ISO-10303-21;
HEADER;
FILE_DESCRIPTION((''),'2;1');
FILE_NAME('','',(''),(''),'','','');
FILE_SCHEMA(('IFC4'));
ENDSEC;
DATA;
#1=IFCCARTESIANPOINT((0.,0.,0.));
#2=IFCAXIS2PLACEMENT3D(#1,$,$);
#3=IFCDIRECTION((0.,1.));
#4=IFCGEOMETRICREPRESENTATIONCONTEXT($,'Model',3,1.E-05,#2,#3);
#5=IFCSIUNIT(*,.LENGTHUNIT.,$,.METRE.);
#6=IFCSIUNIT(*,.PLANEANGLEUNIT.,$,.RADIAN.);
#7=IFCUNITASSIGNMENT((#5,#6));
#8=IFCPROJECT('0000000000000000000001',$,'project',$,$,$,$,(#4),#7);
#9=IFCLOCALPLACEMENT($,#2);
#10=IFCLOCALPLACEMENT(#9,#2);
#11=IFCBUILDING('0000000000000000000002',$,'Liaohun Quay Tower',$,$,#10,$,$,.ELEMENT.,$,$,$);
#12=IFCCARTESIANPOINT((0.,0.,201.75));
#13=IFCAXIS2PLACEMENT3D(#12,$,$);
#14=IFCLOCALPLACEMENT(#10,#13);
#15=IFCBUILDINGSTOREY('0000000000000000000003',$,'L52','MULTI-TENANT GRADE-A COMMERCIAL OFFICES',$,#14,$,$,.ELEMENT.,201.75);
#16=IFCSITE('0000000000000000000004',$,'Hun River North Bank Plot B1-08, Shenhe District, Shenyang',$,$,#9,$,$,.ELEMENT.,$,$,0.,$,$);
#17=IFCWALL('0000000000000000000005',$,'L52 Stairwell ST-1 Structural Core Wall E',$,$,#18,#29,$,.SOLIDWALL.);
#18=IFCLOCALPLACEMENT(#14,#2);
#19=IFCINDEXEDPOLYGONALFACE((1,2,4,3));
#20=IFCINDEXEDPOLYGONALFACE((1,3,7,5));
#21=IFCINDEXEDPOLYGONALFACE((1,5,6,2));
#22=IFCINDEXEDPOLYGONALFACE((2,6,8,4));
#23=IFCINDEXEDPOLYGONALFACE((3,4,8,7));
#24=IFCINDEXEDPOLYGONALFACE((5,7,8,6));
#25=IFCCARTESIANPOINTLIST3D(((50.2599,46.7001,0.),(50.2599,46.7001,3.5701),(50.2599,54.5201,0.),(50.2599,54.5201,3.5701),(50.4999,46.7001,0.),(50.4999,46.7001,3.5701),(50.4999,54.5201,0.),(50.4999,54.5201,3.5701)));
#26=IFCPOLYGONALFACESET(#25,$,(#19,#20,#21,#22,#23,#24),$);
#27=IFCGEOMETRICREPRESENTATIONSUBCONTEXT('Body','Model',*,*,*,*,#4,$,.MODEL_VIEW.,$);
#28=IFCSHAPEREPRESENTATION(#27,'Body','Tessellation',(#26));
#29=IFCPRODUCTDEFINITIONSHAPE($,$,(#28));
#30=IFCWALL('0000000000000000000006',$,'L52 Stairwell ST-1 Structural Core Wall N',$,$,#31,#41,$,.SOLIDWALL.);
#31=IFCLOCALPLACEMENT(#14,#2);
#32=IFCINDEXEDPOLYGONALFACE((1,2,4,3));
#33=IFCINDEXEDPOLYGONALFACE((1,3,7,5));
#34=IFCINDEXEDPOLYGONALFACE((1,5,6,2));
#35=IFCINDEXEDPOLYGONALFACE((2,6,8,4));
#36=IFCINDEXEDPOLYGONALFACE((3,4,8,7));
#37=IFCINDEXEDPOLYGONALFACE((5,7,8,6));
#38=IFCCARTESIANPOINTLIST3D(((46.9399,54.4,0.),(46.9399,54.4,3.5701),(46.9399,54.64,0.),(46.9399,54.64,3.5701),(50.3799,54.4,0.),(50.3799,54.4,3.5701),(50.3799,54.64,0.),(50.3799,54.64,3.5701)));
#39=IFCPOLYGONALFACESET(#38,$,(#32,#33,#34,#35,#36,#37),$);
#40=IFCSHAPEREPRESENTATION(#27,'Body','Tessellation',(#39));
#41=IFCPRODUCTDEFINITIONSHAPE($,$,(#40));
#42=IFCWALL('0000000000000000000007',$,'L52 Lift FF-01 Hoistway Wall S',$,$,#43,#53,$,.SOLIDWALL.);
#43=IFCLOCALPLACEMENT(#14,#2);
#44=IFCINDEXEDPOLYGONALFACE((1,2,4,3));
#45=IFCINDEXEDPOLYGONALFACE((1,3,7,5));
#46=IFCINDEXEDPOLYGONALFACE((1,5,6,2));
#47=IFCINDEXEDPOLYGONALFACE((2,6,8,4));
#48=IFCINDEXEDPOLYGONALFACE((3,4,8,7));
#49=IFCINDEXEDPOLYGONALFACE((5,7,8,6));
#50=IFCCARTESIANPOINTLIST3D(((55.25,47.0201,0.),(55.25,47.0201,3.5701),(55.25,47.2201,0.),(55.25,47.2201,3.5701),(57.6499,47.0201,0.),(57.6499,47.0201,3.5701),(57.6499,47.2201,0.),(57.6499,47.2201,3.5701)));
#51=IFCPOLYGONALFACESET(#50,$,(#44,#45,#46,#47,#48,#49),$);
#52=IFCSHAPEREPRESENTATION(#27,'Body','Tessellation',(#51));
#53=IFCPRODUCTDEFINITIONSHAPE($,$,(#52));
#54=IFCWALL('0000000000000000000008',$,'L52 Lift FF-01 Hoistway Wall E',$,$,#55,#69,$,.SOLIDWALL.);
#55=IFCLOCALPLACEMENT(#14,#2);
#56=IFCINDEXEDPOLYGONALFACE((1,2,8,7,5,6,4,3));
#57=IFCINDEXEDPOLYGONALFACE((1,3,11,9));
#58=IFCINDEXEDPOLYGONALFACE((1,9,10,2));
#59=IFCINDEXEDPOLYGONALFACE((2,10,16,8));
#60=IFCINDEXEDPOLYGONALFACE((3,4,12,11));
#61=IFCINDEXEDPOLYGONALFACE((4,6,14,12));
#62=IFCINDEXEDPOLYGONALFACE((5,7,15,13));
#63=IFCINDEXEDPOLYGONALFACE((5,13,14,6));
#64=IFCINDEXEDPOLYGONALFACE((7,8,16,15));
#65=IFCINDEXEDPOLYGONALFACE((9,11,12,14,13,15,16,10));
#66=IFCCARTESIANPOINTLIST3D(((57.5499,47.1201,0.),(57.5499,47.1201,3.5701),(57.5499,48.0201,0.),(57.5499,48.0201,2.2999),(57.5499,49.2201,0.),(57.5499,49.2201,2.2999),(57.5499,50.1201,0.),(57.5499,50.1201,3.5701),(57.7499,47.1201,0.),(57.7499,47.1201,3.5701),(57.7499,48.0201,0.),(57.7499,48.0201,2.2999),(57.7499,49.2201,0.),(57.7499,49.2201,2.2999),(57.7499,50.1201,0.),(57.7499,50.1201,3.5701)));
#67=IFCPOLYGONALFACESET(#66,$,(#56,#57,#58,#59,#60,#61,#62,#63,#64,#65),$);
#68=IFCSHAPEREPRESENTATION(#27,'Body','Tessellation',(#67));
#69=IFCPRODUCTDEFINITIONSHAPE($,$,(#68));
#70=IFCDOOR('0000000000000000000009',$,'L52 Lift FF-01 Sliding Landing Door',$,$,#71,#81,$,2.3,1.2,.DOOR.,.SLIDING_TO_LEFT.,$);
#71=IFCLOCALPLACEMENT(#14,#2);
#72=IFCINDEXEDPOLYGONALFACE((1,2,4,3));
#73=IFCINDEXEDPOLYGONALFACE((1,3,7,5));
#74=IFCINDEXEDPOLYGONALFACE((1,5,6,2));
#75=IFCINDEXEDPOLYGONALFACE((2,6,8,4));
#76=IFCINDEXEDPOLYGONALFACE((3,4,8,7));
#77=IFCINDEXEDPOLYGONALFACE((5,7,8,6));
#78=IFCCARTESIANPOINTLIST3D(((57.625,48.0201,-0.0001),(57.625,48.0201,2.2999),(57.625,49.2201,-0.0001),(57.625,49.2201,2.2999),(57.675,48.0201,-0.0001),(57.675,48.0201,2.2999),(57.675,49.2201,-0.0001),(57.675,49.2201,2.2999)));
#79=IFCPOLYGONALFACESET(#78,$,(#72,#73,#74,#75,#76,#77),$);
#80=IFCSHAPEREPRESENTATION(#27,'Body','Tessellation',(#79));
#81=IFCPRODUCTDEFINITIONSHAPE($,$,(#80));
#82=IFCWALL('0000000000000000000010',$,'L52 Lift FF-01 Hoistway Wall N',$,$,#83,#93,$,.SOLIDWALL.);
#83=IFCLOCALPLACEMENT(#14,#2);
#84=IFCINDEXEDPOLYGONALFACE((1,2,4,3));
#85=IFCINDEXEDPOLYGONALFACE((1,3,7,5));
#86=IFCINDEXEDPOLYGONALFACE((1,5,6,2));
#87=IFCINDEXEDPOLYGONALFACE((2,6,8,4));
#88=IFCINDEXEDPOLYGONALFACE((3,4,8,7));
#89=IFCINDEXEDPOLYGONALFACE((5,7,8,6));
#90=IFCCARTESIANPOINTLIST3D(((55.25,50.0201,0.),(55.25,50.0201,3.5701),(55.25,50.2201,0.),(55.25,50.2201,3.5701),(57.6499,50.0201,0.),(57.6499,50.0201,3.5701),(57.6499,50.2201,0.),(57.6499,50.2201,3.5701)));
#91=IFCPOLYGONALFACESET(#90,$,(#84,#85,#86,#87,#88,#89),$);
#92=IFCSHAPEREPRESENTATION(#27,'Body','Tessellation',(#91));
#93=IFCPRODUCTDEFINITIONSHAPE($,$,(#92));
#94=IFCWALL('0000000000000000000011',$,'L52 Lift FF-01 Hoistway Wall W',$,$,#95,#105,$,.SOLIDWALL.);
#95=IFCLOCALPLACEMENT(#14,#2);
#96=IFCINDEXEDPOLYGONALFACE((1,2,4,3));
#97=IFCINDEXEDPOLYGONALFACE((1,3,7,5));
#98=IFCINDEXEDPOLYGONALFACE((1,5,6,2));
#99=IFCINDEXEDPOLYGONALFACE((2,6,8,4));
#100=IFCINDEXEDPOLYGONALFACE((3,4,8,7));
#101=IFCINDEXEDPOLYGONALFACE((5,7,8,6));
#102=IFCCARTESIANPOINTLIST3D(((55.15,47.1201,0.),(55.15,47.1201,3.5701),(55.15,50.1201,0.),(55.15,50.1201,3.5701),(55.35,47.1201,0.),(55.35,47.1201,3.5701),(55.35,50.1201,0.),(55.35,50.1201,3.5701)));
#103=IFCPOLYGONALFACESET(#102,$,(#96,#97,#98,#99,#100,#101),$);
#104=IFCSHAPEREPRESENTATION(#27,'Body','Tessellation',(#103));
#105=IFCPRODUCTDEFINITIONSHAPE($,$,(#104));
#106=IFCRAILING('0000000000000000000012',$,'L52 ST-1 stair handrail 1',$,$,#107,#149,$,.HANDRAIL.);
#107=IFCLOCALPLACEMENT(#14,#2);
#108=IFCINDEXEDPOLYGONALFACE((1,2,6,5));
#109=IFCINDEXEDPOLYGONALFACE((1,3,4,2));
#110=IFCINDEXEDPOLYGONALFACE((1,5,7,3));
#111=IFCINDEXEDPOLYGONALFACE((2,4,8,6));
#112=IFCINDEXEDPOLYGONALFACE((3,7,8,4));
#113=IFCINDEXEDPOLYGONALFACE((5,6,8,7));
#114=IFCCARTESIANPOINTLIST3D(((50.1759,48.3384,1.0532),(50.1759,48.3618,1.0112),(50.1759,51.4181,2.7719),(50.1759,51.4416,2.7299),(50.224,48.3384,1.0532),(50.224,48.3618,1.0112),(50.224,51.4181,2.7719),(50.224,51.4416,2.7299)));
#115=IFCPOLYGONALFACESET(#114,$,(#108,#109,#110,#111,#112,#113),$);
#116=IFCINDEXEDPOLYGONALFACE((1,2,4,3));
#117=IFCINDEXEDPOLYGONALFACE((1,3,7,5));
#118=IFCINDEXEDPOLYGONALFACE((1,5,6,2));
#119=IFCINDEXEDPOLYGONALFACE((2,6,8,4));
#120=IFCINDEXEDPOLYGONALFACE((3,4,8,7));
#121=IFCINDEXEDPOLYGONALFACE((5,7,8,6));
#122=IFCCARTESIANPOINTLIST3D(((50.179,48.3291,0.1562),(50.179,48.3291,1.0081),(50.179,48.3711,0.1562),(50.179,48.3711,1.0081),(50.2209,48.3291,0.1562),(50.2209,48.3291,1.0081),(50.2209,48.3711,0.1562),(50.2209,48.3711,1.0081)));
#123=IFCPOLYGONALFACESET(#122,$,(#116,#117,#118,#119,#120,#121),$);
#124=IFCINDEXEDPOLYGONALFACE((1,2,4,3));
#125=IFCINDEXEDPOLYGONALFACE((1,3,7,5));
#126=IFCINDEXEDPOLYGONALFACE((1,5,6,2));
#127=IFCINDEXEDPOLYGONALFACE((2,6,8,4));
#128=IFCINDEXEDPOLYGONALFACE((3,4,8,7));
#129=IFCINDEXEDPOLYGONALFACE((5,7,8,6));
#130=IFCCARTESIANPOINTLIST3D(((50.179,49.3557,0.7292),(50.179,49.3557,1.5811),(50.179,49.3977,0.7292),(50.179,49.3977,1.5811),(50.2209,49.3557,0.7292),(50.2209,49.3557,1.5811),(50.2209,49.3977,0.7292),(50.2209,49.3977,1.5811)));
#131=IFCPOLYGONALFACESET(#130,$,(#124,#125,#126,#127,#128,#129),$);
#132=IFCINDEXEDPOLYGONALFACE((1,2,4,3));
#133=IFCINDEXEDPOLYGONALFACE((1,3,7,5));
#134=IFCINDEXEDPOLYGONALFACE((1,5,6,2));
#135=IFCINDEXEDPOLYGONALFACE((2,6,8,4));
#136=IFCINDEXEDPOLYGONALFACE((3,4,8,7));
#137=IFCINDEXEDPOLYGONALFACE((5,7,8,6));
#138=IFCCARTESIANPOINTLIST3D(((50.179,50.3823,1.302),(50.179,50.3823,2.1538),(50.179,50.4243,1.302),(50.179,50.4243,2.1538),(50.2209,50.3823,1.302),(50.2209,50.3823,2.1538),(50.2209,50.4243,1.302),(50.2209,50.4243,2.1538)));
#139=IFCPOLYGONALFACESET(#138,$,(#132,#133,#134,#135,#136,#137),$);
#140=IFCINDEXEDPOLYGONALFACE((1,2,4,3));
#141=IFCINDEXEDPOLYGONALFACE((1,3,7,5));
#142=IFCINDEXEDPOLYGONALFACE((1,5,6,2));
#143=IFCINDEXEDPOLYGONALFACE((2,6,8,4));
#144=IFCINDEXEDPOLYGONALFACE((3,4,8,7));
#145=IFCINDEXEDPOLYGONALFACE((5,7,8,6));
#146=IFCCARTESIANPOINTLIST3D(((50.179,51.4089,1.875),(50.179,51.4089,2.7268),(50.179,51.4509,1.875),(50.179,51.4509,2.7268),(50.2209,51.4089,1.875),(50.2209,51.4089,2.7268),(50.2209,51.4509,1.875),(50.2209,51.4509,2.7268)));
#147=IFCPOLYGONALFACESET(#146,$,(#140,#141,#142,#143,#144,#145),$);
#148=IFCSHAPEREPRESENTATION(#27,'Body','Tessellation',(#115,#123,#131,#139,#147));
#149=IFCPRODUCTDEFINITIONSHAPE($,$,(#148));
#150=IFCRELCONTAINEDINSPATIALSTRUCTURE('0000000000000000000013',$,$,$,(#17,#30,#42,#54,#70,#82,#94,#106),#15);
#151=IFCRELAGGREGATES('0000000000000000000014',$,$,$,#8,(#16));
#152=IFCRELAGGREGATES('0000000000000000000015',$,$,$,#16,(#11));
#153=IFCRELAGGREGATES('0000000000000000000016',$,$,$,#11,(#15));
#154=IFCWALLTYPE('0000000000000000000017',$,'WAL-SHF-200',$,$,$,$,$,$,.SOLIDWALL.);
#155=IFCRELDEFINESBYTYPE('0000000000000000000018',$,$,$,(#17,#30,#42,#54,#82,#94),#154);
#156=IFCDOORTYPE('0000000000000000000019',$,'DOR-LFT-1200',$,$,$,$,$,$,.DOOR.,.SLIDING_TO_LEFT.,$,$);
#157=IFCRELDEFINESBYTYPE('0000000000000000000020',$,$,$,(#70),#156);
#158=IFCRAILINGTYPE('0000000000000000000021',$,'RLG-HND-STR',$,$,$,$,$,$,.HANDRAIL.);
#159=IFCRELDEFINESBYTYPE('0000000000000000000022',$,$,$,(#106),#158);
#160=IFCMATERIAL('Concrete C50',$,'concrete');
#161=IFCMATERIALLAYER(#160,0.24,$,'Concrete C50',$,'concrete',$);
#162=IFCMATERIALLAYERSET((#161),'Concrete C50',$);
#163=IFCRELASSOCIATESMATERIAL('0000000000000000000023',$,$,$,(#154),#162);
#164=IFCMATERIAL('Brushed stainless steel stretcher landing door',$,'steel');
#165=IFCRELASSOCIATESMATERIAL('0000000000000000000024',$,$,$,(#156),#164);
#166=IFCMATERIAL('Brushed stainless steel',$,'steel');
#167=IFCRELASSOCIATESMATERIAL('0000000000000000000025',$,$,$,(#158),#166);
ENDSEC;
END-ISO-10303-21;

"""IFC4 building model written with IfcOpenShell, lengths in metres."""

from ifc_helpers import new_model, si_unit, direction, frame, frame_2d, origin, origin_2d, place, context, subcontext, project, spatial, rectangle, extrude, source, transform, mapped, material, layer, layer_set, type_object, element, fill, save


model = new_model("IFC4")

# Units and contexts
model_context = context("Model", 3, precision=1e-05, world=origin(), true_north=direction((0.0, 1.0)))
body_context = subcontext(model_context, "Body", "Model", "MODEL_VIEW")
ifc_project = project(units=[si_unit("LENGTHUNIT", "METRE"), si_unit("PLANEANGLEUNIT", "RADIAN")], contexts=[model_context])

# Site, building, storey
site_placement = place(None, origin())
site = spatial("IfcSite", under=ifc_project, at=site_placement, Name="Hun River North Bank Plot B1-08, Shenhe District, Shenyang", CompositionType="ELEMENT", RefElevation=0.0)
building_placement = place(site_placement, origin())
building = spatial("IfcBuilding", under=site, at=building_placement, Name="Liaohun Quay Tower", CompositionType="ELEMENT")
storey_placement = place(building_placement, frame((0.0, 0.0, 201.75)))
storey = spatial("IfcBuildingStorey", under=building, at=storey_placement, Name="L52", Description="MULTI-TENANT GRADE-A COMMERCIAL OFFICES", CompositionType="ELEMENT", Elevation=201.75)

# Walls
ifc_material_1 = material(Name="Concrete C50", Category="concrete")
ifc_layer_1 = layer(ifc_material_1, 0.24, Name="Concrete C50", Category="concrete")
ifc_layer_set_1 = layer_set([ifc_layer_1], Name="Concrete C50")
wall_type_1 = type_object("IfcWallType", Name="WAL-SHF-200", PredefinedType="SOLIDWALL", material=ifc_layer_set_1)
wall_1_placement = place(storey_placement, frame((50.3799, 46.7, 0.0), z_axis=(0.0, 0.0, 1.0), x_axis=(0.0, 1.0, 0.0)))
element("IfcWall", 1, at=wall_1_placement, inside=storey, type_object=wall_type_1, Name="L52 Stairwell ST-1 Structural Core Wall E", PredefinedType="SOLIDWALL", context=body_context, shape_type="SweptSolid", body=[
    extrude(rectangle(XDim=7.8201, YDim=0.24, at=frame_2d((3.9102, 0.0))), origin(), (0.0, 0.0, 1.0), 3.5701),
])
wall_2_placement = place(storey_placement, frame((50.3799, 54.52, 0.0), z_axis=(0.0, 0.0, 1.0), x_axis=(-1.0, 0.0, 0.0)))
element("IfcWall", 2, at=wall_2_placement, inside=storey, type_object=wall_type_1, Name="L52 Stairwell ST-1 Structural Core Wall N", PredefinedType="SOLIDWALL", context=body_context, shape_type="SweptSolid", body=[
    extrude(rectangle(XDim=3.4399, YDim=0.24, at=frame_2d((1.72, 0.0))), origin(), (0.0, 0.0, 1.0), 3.5701),
])
wall_3_placement = place(storey_placement, frame((55.25, 47.1201, 0.0), z_axis=(0.0, 0.0, 1.0), x_axis=(1.0, 0.0, 0.0)))
element("IfcWall", 3, at=wall_3_placement, inside=storey, type_object=wall_type_1, Name="L52 Lift FF-01 Hoistway Wall S", PredefinedType="SOLIDWALL", context=body_context, shape_type="SweptSolid", body=[
    extrude(rectangle(XDim=2.3999, YDim=0.2, at=frame_2d((1.2, 0.0))), origin(), (0.0, 0.0, 1.0), 3.5701),
])

# Wall, opening, door
wall_4_placement = place(storey_placement, frame((57.6499, 47.1201, 0.0), z_axis=(0.0, 0.0, 1.0), x_axis=(0.0, 1.0, 0.0)))
wall_4 = element("IfcWall", 4, at=wall_4_placement, inside=storey, type_object=wall_type_1, Name="L52 Lift FF-01 Hoistway Wall E", PredefinedType="SOLIDWALL", context=body_context, shape_type="SweptSolid", body=[
    extrude(rectangle(XDim=3.0, YDim=0.2, at=frame_2d((1.5, 0.0))), origin(), (0.0, 0.0, 1.0), 3.5701),
])
shared_shape_1 = source(origin(), body_context, "Body", "SweptSolid", [
    extrude(rectangle(XDim=1.2, YDim=2.3, at=frame_2d((0.6001, 1.1499))), frame((0.0, 0.1099, 0.0), z_axis=(0.0, -1.0, 0.0), x_axis=(1.0, 0.0, 0.0)), (0.0, 0.0, 1.0), 0.22),
])
opening_1_placement = place(wall_4_placement, frame((0.8999, 0.0, 0.0)))
opening_1 = element("IfcOpeningElement", 5, at=opening_1_placement, cuts=wall_4, PredefinedType="OPENING", context=body_context, shape_type="MappedRepresentation", body=[
    mapped(shared_shape_1, transform((0.0, 0.0, 0.0), x_axis=(1.0, 0.0, 0.0), y_axis=(0.0, 1.0, 0.0), z_axis=(0.0, 0.0, 1.0), scale=1.0)),
])
ifc_material_2 = material(Name="Brushed stainless steel stretcher landing door", Category="steel")
door_type_1 = type_object("IfcDoorType", Name="DOR-LFT-1200", OperationType="SLIDING_TO_LEFT", PredefinedType="DOOR", material=ifc_material_2)
shared_shape_2 = source(origin(), body_context, "Body", "SweptSolid", [
    extrude(rectangle(XDim=1.2, YDim=2.3, at=frame_2d((0.6001, 1.1499))), frame((0.0, 0.0249, 0.0), z_axis=(0.0, -1.0, 0.0), x_axis=(1.0, 0.0, 0.0)), (0.0, 0.0, 1.0), 0.05),
])
door_1_placement = place(opening_1_placement, origin())
door_1 = element("IfcDoor", 6, at=door_1_placement, inside=storey, type_object=door_type_1, Name="L52 Lift FF-01 Sliding Landing Door", OperationType="SLIDING_TO_LEFT", OverallHeight=2.3, OverallWidth=1.2, PredefinedType="DOOR", context=body_context, shape_type="MappedRepresentation", body=[
    mapped(shared_shape_2, transform((0.0, 0.0, 0.0), x_axis=(1.0, 0.0, 0.0), y_axis=(0.0, 1.0, 0.0), z_axis=(0.0, 0.0, 1.0), scale=1.0)),
])
fill(opening_1, door_1)

# Walls
wall_5_placement = place(storey_placement, frame((57.6499, 50.1201, 0.0), z_axis=(0.0, 0.0, 1.0), x_axis=(-1.0, 0.0, 0.0)))
element("IfcWall", 7, at=wall_5_placement, inside=storey, type_object=wall_type_1, Name="L52 Lift FF-01 Hoistway Wall N", PredefinedType="SOLIDWALL", context=body_context, shape_type="SweptSolid", body=[
    extrude(rectangle(XDim=2.3999, YDim=0.2, at=frame_2d((1.2, 0.0))), origin(), (0.0, 0.0, 1.0), 3.5701),
])
wall_6_placement = place(storey_placement, frame((55.25, 50.1201, 0.0), z_axis=(0.0, 0.0, 1.0), x_axis=(0.0, -1.0, 0.0)))
element("IfcWall", 8, at=wall_6_placement, inside=storey, type_object=wall_type_1, Name="L52 Lift FF-01 Hoistway Wall W", PredefinedType="SOLIDWALL", context=body_context, shape_type="SweptSolid", body=[
    extrude(rectangle(XDim=3.0, YDim=0.2, at=frame_2d((1.5, 0.0))), origin(), (0.0, 0.0, 1.0), 3.5701),
])

# Railing
ifc_material_3 = material(Name="Brushed stainless steel", Category="steel")
railing_type = type_object("IfcRailingType", Name="RLG-HND-STR", PredefinedType="HANDRAIL", material=ifc_material_3)
railing_placement = place(storey_placement, frame((50.2, 48.3501, 0.1562)))
element("IfcRailing", 9, at=railing_placement, inside=storey, type_object=railing_type, Name="L52 ST-1 stair handrail 1", PredefinedType="HANDRAIL", context=body_context, shape_type="SweptSolid", body=[
    extrude(rectangle(XDim=0.0481, YDim=0.0481, at=origin_2d()), frame((0.0, 0.0, 0.876), z_axis=(0.0, 0.873225, 0.487317), x_axis=(-1.0, 0.0, 0.0)), (0.0, 0.0, 1.0), 3.5269),
    extrude(rectangle(XDim=0.042, YDim=0.042, at=origin_2d()), origin(), (0.0, 0.0, 1.0), 0.8518),
    extrude(rectangle(XDim=0.042, YDim=0.042, at=origin_2d()), frame((0.0, 1.0266, 0.573)), (0.0, 0.0, 1.0), 0.8518),
    extrude(rectangle(XDim=0.042, YDim=0.042, at=origin_2d()), frame((0.0, 2.0532, 1.1458)), (0.0, 0.0, 1.0), 0.8518),
    extrude(rectangle(XDim=0.042, YDim=0.042, at=origin_2d()), frame((0.0, 3.0798, 1.7188)), (0.0, 0.0, 1.0), 0.8518),
])

save(model, "model.ifc")
